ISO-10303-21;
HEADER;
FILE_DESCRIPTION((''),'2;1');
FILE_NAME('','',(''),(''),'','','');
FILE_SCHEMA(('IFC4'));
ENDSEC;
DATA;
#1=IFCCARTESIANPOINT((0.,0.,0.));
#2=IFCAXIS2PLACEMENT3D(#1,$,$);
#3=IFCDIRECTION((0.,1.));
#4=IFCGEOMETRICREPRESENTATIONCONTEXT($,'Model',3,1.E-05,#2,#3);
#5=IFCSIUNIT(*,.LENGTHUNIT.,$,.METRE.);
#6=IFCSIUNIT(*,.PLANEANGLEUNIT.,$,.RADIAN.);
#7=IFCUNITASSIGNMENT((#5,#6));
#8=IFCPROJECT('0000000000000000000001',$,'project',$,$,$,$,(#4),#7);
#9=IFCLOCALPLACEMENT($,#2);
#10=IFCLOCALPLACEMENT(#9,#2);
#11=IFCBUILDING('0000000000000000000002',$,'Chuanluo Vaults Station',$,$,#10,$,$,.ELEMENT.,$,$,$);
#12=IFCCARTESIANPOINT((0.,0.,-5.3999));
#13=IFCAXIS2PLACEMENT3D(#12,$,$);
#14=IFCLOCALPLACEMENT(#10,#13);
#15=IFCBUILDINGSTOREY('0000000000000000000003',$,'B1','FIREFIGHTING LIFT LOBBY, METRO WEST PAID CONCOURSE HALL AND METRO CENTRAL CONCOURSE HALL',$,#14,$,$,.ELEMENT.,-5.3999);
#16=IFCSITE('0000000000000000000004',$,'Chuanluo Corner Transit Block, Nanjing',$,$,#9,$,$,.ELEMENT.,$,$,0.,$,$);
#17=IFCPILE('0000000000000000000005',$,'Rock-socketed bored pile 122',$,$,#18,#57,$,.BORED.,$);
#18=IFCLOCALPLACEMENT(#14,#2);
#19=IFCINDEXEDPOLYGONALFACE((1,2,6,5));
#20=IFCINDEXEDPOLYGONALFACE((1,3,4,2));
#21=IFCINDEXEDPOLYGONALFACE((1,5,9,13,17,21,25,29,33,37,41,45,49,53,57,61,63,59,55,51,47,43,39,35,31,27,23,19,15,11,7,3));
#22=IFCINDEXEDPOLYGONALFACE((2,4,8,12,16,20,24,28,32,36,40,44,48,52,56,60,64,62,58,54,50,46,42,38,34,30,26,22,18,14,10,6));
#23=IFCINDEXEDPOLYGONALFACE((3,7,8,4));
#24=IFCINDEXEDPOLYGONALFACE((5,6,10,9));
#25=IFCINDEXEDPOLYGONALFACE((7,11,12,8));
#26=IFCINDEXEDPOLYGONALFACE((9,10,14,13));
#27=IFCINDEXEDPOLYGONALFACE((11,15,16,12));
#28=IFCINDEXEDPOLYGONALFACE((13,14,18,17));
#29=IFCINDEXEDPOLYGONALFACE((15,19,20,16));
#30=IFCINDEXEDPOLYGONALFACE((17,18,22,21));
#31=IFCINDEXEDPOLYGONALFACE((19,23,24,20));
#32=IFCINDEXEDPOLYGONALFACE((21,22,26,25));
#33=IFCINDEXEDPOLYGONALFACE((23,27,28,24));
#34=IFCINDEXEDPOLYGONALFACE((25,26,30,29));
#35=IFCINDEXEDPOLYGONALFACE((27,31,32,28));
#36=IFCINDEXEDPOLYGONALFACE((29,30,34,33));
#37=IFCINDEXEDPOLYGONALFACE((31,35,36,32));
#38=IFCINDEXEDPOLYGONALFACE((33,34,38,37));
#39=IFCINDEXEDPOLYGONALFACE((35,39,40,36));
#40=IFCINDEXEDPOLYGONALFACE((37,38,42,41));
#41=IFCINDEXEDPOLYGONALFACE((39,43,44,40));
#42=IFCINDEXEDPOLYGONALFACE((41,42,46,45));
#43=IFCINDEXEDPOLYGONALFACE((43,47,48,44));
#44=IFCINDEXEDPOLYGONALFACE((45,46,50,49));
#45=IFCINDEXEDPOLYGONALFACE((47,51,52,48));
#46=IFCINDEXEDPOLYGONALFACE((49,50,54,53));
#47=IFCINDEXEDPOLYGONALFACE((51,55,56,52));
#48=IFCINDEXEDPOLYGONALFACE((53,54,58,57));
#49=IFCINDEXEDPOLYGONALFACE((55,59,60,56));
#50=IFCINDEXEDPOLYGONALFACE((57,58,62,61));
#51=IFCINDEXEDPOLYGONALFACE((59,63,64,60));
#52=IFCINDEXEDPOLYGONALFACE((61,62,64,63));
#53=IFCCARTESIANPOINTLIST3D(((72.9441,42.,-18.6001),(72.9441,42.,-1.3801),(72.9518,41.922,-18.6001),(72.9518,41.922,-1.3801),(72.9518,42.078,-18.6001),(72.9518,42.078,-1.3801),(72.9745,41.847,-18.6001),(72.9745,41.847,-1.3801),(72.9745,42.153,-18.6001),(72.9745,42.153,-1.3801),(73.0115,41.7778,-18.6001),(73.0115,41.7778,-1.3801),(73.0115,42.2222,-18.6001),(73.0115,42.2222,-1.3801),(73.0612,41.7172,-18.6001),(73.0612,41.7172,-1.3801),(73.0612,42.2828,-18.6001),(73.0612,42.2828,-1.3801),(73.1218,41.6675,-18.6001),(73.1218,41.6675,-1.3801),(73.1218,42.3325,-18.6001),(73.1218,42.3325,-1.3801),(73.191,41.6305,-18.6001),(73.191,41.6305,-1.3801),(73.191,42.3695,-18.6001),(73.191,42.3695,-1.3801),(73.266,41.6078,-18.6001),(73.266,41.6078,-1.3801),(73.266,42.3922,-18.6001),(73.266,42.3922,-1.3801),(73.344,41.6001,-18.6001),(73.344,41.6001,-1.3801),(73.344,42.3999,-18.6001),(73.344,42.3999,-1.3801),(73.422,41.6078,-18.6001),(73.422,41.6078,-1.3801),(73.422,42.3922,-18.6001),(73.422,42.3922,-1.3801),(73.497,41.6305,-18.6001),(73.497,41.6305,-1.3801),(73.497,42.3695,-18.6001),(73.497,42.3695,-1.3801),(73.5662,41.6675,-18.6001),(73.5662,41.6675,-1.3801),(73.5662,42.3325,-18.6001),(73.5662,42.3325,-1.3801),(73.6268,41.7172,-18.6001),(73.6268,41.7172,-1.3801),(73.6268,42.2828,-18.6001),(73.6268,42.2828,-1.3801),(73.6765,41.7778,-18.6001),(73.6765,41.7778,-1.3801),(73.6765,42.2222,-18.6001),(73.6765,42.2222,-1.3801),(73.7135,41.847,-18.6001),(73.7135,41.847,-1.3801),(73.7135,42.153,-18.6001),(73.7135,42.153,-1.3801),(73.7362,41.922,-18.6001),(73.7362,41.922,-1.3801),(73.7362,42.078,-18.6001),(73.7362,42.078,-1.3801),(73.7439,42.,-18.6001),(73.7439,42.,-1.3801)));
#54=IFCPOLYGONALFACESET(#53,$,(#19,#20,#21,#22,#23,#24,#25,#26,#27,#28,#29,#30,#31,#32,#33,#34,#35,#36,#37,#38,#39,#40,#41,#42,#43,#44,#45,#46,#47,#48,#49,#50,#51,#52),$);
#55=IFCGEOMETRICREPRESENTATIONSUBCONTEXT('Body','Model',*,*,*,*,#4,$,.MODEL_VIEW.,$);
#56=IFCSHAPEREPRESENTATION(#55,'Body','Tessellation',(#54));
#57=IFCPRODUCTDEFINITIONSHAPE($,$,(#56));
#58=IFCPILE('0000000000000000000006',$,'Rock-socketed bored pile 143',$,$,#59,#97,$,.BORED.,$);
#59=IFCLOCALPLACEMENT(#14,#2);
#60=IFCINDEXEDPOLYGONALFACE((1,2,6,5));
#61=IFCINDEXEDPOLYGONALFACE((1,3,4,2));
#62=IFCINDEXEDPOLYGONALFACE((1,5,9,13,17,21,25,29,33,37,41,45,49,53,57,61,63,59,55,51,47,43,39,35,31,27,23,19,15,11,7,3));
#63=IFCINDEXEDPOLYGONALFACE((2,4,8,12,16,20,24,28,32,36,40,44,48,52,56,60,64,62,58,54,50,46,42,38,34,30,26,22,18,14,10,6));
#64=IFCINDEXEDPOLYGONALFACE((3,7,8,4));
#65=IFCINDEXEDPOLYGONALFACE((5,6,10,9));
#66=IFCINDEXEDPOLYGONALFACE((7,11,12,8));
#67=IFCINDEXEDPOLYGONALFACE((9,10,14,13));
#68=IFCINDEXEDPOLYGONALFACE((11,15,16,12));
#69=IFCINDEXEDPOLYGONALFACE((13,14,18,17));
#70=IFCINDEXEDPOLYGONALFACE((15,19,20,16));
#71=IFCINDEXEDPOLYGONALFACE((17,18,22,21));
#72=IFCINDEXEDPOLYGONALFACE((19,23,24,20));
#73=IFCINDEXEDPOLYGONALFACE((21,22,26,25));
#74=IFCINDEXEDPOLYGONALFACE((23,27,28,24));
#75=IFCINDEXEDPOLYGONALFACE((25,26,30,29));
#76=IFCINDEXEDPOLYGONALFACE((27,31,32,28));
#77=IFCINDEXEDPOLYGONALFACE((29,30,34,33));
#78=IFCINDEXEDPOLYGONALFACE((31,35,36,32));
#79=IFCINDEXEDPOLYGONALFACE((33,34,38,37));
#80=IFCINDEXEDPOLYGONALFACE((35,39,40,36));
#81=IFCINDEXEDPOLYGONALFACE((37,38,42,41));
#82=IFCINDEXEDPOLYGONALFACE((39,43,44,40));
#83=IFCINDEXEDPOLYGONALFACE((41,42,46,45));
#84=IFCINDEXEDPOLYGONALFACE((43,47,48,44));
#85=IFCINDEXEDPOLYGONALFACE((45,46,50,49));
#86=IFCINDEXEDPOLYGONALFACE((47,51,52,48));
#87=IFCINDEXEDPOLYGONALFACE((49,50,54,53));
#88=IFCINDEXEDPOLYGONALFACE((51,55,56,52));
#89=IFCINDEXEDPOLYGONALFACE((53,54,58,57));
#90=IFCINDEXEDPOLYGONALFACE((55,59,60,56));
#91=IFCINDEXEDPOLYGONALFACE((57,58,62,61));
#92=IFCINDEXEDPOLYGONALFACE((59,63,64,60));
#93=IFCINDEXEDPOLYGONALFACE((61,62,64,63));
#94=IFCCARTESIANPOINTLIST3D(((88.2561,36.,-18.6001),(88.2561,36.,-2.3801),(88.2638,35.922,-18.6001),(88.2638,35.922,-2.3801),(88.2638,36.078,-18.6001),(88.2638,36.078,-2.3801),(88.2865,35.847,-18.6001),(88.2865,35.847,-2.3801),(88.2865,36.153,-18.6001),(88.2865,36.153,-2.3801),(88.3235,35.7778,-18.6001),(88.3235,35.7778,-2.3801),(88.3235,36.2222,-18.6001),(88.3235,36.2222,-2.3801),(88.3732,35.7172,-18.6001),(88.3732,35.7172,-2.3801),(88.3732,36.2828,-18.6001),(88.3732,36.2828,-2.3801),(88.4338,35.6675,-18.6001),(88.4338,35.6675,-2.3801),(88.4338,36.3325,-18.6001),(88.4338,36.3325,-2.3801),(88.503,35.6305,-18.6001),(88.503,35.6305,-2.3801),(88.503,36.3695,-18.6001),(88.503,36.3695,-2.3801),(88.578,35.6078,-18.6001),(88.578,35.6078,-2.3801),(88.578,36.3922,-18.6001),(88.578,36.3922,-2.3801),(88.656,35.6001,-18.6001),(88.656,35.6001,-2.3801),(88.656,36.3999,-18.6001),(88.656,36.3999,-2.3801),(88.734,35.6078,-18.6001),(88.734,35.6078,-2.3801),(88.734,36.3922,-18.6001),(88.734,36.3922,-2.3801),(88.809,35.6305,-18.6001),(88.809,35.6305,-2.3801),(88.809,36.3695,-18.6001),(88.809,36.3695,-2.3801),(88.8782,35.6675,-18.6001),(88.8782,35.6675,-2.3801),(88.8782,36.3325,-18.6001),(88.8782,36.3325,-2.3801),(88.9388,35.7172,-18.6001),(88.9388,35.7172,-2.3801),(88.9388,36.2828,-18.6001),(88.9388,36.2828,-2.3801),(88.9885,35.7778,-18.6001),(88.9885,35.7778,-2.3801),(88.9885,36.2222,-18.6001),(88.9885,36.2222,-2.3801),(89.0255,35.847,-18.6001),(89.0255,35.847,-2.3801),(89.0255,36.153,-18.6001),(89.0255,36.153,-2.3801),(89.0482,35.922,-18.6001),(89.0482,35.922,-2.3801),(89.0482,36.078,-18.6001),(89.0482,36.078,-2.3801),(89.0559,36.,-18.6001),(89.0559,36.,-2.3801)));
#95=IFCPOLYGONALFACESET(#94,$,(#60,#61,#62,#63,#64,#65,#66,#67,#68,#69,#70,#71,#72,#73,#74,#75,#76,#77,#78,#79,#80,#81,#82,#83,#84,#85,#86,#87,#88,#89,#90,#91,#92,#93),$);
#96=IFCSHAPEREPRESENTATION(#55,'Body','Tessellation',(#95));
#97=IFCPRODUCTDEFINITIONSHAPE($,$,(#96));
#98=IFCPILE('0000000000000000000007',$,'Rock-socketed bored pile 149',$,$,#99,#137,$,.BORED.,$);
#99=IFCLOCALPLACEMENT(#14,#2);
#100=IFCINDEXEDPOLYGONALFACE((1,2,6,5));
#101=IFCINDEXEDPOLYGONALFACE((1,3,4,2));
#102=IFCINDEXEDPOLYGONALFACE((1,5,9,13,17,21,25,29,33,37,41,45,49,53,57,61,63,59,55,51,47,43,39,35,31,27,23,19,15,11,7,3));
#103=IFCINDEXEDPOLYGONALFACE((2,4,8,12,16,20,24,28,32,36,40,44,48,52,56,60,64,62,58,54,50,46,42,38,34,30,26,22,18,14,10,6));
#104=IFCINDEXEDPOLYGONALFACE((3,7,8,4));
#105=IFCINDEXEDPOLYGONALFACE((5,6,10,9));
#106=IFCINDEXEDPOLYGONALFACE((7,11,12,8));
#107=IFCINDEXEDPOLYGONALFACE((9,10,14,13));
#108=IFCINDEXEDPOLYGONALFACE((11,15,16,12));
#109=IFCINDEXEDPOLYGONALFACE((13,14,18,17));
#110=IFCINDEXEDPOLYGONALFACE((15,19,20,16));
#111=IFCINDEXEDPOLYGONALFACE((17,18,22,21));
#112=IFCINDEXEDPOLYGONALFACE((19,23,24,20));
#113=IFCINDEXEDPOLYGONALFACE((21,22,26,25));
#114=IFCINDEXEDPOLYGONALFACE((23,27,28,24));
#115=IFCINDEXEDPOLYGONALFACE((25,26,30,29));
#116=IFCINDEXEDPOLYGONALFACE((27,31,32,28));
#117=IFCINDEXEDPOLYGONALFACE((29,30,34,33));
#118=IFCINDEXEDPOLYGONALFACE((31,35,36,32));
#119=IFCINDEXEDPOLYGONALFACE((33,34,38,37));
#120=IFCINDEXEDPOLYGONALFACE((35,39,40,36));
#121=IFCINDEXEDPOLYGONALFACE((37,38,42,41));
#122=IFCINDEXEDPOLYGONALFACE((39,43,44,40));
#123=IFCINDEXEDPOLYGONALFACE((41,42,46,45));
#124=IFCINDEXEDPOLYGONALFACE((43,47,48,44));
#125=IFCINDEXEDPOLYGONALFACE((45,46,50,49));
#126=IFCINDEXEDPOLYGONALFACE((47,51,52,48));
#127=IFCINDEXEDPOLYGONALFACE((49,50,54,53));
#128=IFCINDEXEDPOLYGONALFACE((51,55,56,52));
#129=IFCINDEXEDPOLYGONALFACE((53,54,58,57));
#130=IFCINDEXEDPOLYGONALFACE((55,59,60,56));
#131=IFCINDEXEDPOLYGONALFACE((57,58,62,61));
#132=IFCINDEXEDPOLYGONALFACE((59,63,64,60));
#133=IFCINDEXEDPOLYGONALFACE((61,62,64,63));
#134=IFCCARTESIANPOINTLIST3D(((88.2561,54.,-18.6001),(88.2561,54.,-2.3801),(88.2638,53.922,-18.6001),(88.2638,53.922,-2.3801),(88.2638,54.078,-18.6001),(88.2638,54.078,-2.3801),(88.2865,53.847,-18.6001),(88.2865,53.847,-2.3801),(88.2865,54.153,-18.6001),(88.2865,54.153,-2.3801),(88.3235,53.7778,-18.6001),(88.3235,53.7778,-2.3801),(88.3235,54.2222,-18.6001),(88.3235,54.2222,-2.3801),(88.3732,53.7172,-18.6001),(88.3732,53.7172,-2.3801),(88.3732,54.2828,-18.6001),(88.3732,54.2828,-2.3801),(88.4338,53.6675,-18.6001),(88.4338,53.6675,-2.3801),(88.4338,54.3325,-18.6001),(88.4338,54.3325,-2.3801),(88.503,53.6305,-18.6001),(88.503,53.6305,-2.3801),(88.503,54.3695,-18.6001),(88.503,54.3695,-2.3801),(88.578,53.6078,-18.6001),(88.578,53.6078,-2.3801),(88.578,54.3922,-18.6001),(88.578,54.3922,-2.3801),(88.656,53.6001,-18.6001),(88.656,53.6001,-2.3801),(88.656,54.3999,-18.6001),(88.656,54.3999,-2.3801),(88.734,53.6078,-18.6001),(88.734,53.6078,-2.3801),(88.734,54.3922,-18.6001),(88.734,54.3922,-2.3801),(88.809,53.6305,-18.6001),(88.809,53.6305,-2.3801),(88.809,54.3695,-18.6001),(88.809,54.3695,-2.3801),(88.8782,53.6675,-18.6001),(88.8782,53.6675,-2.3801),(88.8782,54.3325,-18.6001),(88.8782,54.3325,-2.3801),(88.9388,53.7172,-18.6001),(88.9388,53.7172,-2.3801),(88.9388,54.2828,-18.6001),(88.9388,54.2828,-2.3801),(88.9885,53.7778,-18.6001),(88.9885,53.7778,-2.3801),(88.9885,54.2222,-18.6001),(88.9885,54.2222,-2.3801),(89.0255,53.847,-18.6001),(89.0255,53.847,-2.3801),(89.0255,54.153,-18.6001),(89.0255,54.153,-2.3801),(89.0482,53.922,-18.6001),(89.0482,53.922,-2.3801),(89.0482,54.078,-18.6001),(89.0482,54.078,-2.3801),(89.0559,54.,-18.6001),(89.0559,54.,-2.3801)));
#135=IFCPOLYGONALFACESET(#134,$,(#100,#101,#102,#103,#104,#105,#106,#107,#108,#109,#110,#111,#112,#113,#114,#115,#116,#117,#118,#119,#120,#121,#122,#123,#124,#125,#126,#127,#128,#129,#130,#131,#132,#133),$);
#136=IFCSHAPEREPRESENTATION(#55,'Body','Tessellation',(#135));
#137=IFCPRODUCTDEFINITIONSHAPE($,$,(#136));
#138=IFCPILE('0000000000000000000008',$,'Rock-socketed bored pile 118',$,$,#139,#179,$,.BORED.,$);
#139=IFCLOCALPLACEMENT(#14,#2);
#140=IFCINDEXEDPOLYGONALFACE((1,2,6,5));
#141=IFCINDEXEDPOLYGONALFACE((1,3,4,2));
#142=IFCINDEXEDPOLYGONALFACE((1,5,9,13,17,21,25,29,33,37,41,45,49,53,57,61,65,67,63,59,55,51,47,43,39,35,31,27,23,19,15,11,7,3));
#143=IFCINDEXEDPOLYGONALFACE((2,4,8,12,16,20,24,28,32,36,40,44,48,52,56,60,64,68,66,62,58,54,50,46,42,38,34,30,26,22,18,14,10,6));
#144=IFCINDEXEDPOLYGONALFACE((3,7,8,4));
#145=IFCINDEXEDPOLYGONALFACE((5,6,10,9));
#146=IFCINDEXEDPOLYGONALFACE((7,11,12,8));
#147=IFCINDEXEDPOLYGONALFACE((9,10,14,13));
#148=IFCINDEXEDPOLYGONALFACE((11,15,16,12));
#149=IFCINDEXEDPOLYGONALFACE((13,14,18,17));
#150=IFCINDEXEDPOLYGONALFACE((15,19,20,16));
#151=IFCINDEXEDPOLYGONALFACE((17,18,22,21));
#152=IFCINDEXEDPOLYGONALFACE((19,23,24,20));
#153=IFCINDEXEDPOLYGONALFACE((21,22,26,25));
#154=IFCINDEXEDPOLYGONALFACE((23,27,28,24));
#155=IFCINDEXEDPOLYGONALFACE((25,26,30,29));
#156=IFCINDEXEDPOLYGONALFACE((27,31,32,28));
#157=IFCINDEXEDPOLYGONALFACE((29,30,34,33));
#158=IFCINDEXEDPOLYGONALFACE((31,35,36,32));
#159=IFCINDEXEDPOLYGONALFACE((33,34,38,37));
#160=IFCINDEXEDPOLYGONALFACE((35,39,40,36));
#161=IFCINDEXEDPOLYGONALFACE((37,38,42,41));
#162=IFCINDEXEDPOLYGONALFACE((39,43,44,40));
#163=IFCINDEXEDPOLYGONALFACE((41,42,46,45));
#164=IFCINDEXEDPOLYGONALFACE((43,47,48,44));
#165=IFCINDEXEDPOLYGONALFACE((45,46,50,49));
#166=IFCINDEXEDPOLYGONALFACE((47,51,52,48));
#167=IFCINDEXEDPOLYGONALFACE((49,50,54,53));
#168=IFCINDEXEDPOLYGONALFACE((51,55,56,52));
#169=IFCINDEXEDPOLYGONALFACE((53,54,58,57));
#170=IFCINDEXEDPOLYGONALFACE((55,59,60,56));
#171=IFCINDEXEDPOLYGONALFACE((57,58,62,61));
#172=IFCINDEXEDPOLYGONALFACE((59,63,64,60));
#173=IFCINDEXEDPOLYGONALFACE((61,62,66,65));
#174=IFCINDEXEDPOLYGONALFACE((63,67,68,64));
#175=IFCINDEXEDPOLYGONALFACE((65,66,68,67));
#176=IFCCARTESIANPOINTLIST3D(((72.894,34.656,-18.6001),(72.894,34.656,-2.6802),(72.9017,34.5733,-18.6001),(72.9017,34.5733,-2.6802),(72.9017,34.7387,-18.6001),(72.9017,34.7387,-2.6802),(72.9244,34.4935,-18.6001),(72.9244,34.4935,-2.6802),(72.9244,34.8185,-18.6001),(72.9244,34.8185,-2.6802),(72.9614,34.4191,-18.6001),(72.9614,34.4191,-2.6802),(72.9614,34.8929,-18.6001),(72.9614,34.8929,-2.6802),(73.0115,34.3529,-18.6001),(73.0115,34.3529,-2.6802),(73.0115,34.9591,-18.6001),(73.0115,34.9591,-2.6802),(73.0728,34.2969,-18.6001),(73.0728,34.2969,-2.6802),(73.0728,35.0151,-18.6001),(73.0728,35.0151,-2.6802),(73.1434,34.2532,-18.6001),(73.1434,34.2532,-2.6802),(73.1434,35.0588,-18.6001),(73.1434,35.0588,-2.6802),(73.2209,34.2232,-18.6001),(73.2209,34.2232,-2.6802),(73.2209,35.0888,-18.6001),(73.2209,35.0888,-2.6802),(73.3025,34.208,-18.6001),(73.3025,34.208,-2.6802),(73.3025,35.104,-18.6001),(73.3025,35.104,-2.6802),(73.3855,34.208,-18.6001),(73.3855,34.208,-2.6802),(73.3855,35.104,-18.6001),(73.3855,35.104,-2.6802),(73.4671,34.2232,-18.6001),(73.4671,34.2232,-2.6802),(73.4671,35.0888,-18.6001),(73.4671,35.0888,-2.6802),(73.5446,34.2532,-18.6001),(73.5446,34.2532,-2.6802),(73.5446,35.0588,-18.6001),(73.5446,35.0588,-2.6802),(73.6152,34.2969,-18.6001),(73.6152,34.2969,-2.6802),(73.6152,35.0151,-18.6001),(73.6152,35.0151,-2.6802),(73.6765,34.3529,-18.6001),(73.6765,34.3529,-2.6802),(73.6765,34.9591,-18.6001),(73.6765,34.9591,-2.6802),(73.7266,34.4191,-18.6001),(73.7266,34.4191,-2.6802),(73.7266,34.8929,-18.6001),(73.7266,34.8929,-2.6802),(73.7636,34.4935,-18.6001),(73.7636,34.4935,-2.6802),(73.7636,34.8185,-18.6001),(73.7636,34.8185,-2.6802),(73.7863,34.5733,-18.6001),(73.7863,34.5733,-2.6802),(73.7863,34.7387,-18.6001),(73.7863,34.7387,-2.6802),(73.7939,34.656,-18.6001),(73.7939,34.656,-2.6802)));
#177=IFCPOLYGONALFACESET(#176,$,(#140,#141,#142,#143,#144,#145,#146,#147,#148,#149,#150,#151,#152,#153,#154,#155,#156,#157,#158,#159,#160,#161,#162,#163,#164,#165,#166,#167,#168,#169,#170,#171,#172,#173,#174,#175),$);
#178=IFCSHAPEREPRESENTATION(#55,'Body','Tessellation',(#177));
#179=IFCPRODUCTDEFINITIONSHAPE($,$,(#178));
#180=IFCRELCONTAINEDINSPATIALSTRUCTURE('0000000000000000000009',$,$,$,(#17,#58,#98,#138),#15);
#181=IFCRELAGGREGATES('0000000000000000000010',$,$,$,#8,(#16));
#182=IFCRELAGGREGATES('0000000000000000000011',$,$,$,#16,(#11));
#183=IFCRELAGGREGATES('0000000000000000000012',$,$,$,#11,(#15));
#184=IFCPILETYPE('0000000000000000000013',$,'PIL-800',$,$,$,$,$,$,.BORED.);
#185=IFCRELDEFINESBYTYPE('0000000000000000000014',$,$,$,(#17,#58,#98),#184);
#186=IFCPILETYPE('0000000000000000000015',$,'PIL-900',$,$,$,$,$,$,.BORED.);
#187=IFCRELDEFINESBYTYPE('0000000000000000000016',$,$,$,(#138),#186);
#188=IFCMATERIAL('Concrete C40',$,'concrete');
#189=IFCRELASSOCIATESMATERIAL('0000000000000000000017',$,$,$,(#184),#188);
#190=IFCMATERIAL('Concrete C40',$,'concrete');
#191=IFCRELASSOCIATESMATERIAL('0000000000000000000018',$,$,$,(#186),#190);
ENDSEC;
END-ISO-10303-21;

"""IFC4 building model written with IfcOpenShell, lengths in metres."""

from ifc_helpers import new_model, si_unit, direction, frame, origin, origin_2d, place, context, subcontext, project, spatial, circle, extrude, material, material_profile, profile_set, type_object, element, save


model = new_model("IFC4")

# Units and contexts
model_context = context("Model", 3, precision=1e-05, world=origin(), true_north=direction((0.0, 1.0)))
body_context = subcontext(model_context, "Body", "Model", "MODEL_VIEW")
ifc_project = project(units=[si_unit("LENGTHUNIT", "METRE"), si_unit("PLANEANGLEUNIT", "RADIAN")], contexts=[model_context])

# Site, building, storey
site_placement = place(None, origin())
site = spatial("IfcSite", under=ifc_project, at=site_placement, Name="Chuanluo Corner Transit Block, Nanjing", CompositionType="ELEMENT", RefElevation=0.0)
building_placement = place(site_placement, origin())
building = spatial("IfcBuilding", under=site, at=building_placement, Name="Chuanluo Vaults Station", CompositionType="ELEMENT")
storey_placement = place(building_placement, frame((0.0, 0.0, -5.3999)))
storey = spatial("IfcBuildingStorey", under=building, at=storey_placement, Name="B1", Description="FIREFIGHTING LIFT LOBBY, METRO WEST PAID CONCOURSE HALL AND METRO CENTRAL CONCOURSE HALL", CompositionType="ELEMENT", Elevation=-5.3999)

# Piles
ifc_material_1 = material(Name="Concrete C40", Category="concrete")
ifc_material_profile_1 = material_profile(ifc_material_1, circle(Radius=0.3999, at=origin_2d()))
ifc_profile_set_1 = profile_set([ifc_material_profile_1], Name="Concrete C40")
pile_type_1 = type_object("IfcPileType", Name="PIL-800", PredefinedType="BORED", material=ifc_profile_set_1)
pile_placement = place(storey_placement, frame((73.344, 42.0, -1.3801), z_axis=(0.0, 0.0, -1.0), x_axis=(1.0, 0.0, 0.0)))
element("IfcPile", 1, at=pile_placement, inside=storey, type_object=pile_type_1, Name="Rock-socketed bored pile 122", PredefinedType="BORED", context=body_context, shape_type="SweptSolid", body=[
    extrude(circle(Radius=0.3999, at=origin_2d()), origin(), (0.0, 0.0, 1.0), 17.22),
])
for number, where, z_axis, x_axis, name in (
    (2, (88.656, 36.0, -2.3801), (0.0, 0.0, -1.0), (1.0, 0.0, 0.0), "Rock-socketed bored pile 143"),
    (3, (88.656, 54.0, -2.3801), (0.0, 0.0, -1.0), (1.0, 0.0, 0.0), "Rock-socketed bored pile 149"),
):
    element("IfcPile", number, at=place(storey_placement, frame(where, z_axis=z_axis, x_axis=x_axis)), inside=storey, type_object=pile_type_1, Name=name, PredefinedType="BORED", context=body_context, shape_type="SweptSolid", body=[
        extrude(circle(Radius=0.3999, at=origin_2d()), origin(), (0.0, 0.0, 1.0), 16.22),
    ])
ifc_material_2 = material(Name="Concrete C40", Category="concrete")
ifc_material_profile_2 = material_profile(ifc_material_2, circle(Radius=0.45, at=origin_2d()))
ifc_profile_set_2 = profile_set([ifc_material_profile_2], Name="Concrete C40")
pile_type_2 = type_object("IfcPileType", Name="PIL-900", PredefinedType="BORED", material=ifc_profile_set_2)
for number, where, z_axis, x_axis, name in (
    (4, (73.344, 34.656, -2.6802), (0.0, 0.0, -1.0), (1.0, 0.0, 0.0), "Rock-socketed bored pile 118"),
):
    element("IfcPile", number, at=place(storey_placement, frame(where, z_axis=z_axis, x_axis=x_axis)), inside=storey, type_object=pile_type_2, Name=name, PredefinedType="BORED", context=body_context, shape_type="SweptSolid", body=[
        extrude(circle(Radius=0.45, at=origin_2d()), origin(), (0.0, 0.0, 1.0), 15.9199),
    ])

save(model, "model.ifc")
